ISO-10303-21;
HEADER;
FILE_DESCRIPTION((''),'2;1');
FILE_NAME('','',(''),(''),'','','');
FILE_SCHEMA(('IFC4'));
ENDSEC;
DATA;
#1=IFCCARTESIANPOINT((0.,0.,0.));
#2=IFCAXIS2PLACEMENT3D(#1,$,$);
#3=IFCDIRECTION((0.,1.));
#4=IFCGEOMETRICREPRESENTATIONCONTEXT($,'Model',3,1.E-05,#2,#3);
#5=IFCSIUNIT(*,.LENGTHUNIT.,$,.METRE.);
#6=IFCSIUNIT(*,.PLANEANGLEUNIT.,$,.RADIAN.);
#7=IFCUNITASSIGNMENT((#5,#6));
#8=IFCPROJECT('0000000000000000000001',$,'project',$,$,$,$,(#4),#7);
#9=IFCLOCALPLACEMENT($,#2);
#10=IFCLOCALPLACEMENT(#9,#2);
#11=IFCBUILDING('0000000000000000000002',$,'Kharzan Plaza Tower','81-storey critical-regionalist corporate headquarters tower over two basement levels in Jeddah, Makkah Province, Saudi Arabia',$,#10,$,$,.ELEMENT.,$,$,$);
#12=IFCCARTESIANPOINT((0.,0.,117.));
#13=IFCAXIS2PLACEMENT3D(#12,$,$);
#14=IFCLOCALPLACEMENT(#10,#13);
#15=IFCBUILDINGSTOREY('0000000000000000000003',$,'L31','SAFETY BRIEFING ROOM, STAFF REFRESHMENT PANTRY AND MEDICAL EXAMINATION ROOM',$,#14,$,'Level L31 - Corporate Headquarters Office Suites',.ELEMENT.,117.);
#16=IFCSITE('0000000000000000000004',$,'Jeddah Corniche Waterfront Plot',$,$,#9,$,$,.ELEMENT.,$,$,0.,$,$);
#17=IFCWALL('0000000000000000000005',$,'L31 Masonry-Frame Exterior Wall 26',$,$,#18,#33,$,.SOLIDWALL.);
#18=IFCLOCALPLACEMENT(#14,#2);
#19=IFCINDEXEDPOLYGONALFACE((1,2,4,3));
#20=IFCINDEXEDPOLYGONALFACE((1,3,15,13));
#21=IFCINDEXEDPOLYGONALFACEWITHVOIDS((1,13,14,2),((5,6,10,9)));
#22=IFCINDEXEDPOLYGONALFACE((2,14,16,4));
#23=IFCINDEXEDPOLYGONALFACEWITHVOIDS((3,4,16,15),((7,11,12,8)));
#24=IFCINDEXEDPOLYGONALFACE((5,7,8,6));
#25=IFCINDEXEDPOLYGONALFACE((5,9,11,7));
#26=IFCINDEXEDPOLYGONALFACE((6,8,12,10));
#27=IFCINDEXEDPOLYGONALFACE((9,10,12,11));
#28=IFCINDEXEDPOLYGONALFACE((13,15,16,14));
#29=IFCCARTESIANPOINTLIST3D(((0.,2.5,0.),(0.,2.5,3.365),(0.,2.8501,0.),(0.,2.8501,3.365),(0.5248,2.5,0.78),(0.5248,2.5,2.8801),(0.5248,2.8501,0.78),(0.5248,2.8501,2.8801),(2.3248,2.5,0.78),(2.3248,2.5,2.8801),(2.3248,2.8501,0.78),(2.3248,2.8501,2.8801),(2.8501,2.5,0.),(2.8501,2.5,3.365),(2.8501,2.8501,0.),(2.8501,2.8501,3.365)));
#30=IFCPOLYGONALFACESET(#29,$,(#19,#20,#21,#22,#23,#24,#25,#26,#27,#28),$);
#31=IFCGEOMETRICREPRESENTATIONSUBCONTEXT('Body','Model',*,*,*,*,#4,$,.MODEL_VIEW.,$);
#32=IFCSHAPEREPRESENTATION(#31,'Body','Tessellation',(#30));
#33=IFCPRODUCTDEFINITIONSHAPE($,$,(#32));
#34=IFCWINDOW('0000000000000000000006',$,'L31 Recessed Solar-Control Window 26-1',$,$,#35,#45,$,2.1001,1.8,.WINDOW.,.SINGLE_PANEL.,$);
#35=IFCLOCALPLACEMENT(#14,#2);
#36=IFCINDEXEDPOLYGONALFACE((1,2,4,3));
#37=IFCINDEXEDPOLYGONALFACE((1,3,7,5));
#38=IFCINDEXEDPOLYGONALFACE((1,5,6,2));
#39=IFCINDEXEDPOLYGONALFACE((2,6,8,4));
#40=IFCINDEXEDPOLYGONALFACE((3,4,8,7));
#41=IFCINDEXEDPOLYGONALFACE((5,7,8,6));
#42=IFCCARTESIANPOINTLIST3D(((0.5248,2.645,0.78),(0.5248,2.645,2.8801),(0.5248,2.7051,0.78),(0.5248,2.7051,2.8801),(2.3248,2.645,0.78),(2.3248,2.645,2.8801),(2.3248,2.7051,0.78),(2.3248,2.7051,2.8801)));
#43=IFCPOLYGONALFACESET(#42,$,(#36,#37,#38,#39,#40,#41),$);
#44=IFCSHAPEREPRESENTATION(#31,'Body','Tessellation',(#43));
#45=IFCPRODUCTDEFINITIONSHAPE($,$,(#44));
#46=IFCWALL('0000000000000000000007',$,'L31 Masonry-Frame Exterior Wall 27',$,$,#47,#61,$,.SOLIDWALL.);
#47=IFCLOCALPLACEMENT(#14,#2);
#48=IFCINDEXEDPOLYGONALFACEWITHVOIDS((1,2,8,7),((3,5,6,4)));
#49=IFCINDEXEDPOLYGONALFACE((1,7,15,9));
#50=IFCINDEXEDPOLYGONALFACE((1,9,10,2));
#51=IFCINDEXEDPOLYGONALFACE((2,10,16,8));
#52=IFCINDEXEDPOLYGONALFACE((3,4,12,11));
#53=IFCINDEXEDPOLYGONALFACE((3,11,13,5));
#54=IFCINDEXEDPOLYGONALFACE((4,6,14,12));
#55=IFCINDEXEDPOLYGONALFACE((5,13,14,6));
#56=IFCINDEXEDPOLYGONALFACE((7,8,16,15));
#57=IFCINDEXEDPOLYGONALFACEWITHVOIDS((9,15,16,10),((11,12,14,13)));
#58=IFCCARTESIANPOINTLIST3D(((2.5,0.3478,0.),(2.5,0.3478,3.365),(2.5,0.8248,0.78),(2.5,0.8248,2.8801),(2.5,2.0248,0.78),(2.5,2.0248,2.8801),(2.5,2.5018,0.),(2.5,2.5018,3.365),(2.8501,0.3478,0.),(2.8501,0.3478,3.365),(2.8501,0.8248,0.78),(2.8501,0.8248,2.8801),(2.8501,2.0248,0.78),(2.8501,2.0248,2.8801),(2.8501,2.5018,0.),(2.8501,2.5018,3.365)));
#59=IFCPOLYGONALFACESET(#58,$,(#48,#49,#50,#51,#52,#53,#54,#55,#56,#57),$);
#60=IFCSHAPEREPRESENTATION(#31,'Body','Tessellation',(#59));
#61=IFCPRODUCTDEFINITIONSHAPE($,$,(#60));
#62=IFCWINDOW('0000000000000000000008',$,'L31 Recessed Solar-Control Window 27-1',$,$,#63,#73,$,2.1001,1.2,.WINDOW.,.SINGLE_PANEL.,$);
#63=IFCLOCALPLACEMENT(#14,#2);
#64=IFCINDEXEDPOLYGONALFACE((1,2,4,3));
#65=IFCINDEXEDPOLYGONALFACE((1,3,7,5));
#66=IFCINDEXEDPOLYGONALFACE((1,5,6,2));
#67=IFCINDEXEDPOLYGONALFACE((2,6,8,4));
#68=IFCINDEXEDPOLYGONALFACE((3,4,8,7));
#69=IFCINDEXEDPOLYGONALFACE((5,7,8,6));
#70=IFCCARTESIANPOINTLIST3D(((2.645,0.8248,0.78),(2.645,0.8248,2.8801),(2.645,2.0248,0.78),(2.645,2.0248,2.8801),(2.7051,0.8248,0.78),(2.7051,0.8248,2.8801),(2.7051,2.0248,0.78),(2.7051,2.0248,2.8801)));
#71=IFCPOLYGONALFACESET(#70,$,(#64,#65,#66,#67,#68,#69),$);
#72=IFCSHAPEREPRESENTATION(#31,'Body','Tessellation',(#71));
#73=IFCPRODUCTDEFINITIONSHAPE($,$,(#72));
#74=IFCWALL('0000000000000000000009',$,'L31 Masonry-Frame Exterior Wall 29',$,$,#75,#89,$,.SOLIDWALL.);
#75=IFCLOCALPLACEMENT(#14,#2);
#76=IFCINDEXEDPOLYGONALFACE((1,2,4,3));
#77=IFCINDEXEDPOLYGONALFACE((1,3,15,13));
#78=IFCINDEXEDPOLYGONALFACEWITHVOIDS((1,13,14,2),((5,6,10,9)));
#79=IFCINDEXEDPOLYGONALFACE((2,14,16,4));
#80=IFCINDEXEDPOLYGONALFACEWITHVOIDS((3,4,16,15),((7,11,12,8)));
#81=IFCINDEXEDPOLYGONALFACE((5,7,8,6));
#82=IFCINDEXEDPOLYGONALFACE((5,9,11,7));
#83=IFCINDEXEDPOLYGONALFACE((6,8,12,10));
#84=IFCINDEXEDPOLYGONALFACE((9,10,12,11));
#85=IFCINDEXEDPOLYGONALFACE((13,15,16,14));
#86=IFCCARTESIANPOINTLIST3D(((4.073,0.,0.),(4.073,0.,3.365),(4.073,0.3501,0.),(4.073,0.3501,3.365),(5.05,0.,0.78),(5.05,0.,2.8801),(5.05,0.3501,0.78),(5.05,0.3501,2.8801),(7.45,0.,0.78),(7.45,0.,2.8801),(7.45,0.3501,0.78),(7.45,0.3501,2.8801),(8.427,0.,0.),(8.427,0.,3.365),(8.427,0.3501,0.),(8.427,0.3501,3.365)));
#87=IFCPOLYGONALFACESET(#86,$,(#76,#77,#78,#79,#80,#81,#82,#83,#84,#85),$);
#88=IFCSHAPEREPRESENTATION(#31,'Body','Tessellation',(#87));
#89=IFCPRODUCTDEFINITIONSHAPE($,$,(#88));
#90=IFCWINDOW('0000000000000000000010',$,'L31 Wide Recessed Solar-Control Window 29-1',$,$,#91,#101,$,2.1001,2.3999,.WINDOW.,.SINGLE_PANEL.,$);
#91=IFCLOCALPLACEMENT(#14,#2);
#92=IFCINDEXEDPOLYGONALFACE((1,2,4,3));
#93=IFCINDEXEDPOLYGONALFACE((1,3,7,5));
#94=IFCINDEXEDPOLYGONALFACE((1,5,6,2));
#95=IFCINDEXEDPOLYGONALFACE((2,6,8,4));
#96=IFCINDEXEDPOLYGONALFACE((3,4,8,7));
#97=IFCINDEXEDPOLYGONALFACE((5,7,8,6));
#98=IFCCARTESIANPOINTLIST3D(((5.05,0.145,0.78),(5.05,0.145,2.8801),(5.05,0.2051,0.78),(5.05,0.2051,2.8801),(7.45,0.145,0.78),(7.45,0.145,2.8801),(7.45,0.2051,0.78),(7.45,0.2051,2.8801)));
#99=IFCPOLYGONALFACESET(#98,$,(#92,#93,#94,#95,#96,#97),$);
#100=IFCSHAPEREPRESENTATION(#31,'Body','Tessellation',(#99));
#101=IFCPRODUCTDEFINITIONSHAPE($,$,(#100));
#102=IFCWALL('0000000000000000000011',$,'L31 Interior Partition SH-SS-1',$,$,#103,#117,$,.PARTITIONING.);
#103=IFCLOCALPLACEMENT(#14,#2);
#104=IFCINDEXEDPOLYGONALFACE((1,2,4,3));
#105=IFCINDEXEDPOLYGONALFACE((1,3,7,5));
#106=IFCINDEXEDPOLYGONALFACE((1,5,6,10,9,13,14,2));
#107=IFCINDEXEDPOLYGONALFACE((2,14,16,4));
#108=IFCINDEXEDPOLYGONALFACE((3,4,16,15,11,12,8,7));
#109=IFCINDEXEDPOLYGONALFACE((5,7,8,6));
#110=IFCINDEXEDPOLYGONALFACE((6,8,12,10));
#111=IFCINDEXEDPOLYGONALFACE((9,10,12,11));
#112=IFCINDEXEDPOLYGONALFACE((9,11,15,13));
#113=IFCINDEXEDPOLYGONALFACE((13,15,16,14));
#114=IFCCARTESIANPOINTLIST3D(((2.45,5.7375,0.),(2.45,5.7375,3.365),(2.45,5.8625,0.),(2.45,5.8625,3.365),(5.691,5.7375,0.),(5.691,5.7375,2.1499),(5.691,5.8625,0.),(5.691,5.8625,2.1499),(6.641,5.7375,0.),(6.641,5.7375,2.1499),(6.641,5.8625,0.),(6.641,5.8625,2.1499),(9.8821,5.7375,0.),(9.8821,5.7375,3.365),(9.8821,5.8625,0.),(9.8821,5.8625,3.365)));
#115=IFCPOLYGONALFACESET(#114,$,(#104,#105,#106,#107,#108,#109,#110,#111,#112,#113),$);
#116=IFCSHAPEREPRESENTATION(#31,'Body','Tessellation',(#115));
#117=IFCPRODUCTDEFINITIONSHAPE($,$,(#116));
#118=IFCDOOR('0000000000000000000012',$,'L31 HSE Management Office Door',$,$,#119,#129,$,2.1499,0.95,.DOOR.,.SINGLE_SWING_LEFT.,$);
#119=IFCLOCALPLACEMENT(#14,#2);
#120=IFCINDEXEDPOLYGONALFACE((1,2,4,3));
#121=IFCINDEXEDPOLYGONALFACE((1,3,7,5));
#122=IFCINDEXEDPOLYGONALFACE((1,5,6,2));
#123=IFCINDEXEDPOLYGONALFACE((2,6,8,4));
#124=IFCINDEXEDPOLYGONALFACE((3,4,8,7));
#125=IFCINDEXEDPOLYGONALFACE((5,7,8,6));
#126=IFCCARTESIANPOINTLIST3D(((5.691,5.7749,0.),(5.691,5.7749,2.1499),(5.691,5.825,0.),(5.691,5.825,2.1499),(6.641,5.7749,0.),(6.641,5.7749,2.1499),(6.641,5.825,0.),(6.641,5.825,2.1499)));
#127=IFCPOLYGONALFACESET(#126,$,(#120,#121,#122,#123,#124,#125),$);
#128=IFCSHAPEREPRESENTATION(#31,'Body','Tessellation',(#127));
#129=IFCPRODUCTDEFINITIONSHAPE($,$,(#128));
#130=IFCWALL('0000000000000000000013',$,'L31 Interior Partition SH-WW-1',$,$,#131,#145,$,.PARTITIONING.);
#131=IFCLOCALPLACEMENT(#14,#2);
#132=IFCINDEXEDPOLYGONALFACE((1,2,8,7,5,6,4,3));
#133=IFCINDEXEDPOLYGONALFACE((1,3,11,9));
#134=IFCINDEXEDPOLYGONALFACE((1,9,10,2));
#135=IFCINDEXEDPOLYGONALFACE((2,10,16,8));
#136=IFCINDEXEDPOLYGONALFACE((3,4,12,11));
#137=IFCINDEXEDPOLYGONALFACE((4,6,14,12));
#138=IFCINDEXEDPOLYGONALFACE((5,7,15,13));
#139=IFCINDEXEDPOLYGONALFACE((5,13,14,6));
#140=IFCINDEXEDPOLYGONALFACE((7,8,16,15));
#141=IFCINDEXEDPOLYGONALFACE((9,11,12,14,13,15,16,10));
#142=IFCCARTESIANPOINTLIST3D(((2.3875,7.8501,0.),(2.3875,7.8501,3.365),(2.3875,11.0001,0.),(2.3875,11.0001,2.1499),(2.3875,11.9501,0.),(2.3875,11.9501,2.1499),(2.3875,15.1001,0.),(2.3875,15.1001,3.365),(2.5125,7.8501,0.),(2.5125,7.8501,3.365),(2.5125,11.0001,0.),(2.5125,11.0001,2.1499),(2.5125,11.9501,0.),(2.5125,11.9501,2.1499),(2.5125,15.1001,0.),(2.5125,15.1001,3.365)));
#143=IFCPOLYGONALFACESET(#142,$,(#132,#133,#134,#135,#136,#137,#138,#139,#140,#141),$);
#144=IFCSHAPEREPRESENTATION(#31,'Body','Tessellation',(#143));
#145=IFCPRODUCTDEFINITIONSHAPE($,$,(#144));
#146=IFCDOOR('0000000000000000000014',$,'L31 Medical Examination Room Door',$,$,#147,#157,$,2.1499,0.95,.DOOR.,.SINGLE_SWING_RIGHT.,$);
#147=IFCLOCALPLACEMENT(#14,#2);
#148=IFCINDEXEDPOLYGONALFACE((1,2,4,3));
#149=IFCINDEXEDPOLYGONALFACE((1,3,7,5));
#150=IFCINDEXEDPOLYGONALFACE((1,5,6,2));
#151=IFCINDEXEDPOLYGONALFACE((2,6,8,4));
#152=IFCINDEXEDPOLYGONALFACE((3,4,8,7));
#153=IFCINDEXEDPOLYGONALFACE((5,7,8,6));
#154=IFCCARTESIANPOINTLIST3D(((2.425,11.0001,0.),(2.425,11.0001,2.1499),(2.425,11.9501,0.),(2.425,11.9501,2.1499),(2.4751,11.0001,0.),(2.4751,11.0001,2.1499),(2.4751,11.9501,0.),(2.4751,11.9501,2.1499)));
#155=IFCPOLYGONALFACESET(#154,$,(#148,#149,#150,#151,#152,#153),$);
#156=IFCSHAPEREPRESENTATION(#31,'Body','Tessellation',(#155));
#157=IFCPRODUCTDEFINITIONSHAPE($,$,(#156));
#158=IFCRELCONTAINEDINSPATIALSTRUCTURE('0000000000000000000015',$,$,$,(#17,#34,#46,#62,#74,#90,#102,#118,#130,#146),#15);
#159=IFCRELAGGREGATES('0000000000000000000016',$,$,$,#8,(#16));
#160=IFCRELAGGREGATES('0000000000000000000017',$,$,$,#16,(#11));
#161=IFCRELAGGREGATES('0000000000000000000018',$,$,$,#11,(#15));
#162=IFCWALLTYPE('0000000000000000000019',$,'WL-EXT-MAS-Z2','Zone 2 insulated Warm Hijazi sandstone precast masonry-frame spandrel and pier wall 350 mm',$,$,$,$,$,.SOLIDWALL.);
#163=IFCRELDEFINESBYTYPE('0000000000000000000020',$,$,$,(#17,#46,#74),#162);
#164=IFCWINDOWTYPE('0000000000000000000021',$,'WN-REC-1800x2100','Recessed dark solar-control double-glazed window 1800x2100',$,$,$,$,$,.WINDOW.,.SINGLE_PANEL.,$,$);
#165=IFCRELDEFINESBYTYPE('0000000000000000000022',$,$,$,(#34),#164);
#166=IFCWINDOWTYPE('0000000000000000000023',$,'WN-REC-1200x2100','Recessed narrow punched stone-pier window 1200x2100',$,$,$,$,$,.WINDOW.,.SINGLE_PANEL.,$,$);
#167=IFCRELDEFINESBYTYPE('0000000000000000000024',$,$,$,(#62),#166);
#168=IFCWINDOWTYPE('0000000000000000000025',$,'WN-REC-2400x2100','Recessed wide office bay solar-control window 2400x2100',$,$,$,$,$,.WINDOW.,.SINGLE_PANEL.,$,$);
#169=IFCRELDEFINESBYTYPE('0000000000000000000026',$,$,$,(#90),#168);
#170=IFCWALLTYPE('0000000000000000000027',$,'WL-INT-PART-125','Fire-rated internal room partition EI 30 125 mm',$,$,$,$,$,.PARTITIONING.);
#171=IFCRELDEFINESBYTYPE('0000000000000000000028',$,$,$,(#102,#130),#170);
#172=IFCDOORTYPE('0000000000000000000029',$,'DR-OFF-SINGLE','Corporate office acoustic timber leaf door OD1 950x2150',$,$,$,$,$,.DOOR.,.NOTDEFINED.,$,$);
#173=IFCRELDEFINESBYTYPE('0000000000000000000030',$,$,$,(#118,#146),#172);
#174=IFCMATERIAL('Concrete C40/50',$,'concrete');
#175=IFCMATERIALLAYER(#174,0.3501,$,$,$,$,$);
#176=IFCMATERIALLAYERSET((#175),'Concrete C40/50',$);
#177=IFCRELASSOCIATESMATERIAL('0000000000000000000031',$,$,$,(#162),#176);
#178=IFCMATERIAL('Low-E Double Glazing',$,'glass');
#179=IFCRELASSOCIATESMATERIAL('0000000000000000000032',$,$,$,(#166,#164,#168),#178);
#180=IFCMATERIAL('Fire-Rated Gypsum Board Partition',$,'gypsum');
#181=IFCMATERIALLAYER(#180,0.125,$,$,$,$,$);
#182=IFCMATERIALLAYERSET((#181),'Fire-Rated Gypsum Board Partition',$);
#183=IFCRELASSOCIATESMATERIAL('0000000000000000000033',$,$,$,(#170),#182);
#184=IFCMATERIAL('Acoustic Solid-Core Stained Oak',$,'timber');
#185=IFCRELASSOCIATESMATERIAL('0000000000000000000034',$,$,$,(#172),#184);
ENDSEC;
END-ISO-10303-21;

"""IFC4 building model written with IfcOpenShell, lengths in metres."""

from ifc_helpers import new_model, si_unit, direction, frame, frame_2d, origin, place, context, subcontext, project, spatial, rectangle, extrude, source, transform, mapped, material, layer, layer_set, type_object, element, fill, save


model = new_model("IFC4")

# Units and contexts
model_context = context("Model", 3, precision=1e-05, world=origin(), true_north=direction((0.0, 1.0)))
body_context = subcontext(model_context, "Body", "Model", "MODEL_VIEW")
ifc_project = project(units=[si_unit("LENGTHUNIT", "METRE"), si_unit("PLANEANGLEUNIT", "RADIAN")], contexts=[model_context])

# Site, building, storey
site_placement = place(None, origin())
site = spatial("IfcSite", under=ifc_project, at=site_placement, Name="Jeddah Corniche Waterfront Plot", CompositionType="ELEMENT", RefElevation=0.0)
building_placement = place(site_placement, origin())
building = spatial("IfcBuilding", under=site, at=building_placement, Name="Kharzan Plaza Tower", Description="81-storey critical-regionalist corporate headquarters tower over two basement levels in Jeddah, Makkah Province, Saudi Arabia", CompositionType="ELEMENT")
storey_placement = place(building_placement, frame((0.0, 0.0, 117.0)))
storey = spatial("IfcBuildingStorey", under=building, at=storey_placement, Name="L31", Description="SAFETY BRIEFING ROOM, STAFF REFRESHMENT PANTRY AND MEDICAL EXAMINATION ROOM", LongName="Level L31 - Corporate Headquarters Office Suites", CompositionType="ELEMENT", Elevation=117.0)

# Shared definitions
ifc_material_1 = material(Name="Concrete C40/50", Category="concrete")

# Walls, openings, windows
ifc_layer_1 = layer(ifc_material_1, 0.3501)
ifc_layer_set_1 = layer_set([ifc_layer_1], Name="Concrete C40/50")
wall_type_1 = type_object("IfcWallType", Name="WL-EXT-MAS-Z2", Description="Zone 2 insulated Warm Hijazi sandstone precast masonry-frame spandrel and pier wall 350 mm", PredefinedType="SOLIDWALL", material=ifc_layer_set_1)
ifc_material_2 = material(Name="Low-E Double Glazing", Category="glass")
window_type_1 = type_object("IfcWindowType", Name="WN-REC-1200x2100", Description="Recessed narrow punched stone-pier window 1200x2100", PartitioningType="SINGLE_PANEL", PredefinedType="WINDOW", material=ifc_material_2)
shared_shape_1 = source(origin(), body_context, "Body", "SweptSolid", [
    extrude(rectangle(XDim=1.2, YDim=2.1001, at=frame_2d((0.6001, 1.05))), frame((0.0, 0.03, 0.0), z_axis=(0.0, -1.0, 0.0), x_axis=(1.0, 0.0, 0.0)), (0.0, 0.0, 1.0), 0.0601),
])
wall_1_placement = place(storey_placement, frame((0.0, 2.675, 0.0), z_axis=(0.0, 0.0, 1.0), x_axis=(1.0, 0.0, 0.0)))
wall_1 = element("IfcWall", 1, at=wall_1_placement, inside=storey, type_object=wall_type_1, Name="L31 Masonry-Frame Exterior Wall 26", PredefinedType="SOLIDWALL", context=body_context, shape_type="SweptSolid", body=[
    extrude(rectangle(XDim=2.8501, YDim=0.3501, at=frame_2d((1.425, 0.0))), origin(), (0.0, 0.0, 1.0), 3.365),
])
opening_1_placement = place(wall_1_placement, frame((0.5249, 0.0, 0.78)))
opening_1 = element("IfcOpeningElement", 2, at=opening_1_placement, cuts=wall_1, PredefinedType="OPENING", context=body_context, shape_type="SweptSolid", body=[
    extrude(rectangle(XDim=1.8, YDim=2.1001, at=frame_2d((0.8999, 1.05))), frame((0.0, 0.1851, 0.0), z_axis=(0.0, -1.0, 0.0), x_axis=(1.0, 0.0, 0.0)), (0.0, 0.0, 1.0), 0.3701),
])
window_type_2 = type_object("IfcWindowType", Name="WN-REC-1800x2100", Description="Recessed dark solar-control double-glazed window 1800x2100", PartitioningType="SINGLE_PANEL", PredefinedType="WINDOW", material=ifc_material_2)
shared_shape_2 = source(origin(), body_context, "Body", "SweptSolid", [
    extrude(rectangle(XDim=1.8, YDim=2.1001, at=frame_2d((0.8999, 1.05))), frame((0.0, 0.03, 0.0), z_axis=(0.0, -1.0, 0.0), x_axis=(1.0, 0.0, 0.0)), (0.0, 0.0, 1.0), 0.0601),
])
window_1_placement = place(opening_1_placement, origin())
window_1 = element("IfcWindow", 3, at=window_1_placement, inside=storey, type_object=window_type_2, Name="L31 Recessed Solar-Control Window 26-1", OverallHeight=2.1001, OverallWidth=1.8, PartitioningType="SINGLE_PANEL", PredefinedType="WINDOW", context=body_context, shape_type="MappedRepresentation", body=[
    mapped(shared_shape_2, transform((0.0, 0.0, 0.0), x_axis=(1.0, 0.0, 0.0), y_axis=(0.0, 1.0, 0.0), z_axis=(0.0, 0.0, 1.0))),
])
fill(opening_1, window_1)
wall_2_placement = place(storey_placement, frame((2.675, 2.502, 0.0), z_axis=(0.0, 0.0, 1.0), x_axis=(0.0, -1.0, 0.0)))
wall_2 = element("IfcWall", 4, at=wall_2_placement, inside=storey, type_object=wall_type_1, Name="L31 Masonry-Frame Exterior Wall 27", PredefinedType="SOLIDWALL", context=body_context, shape_type="SweptSolid", body=[
    extrude(rectangle(XDim=2.1541, YDim=0.3501, at=frame_2d((1.0771, 0.0))), origin(), (0.0, 0.0, 1.0), 3.365),
])
opening_2_placement = place(wall_2_placement, frame((0.4771, 0.0, 0.78)))
opening_2 = element("IfcOpeningElement", 5, at=opening_2_placement, cuts=wall_2, PredefinedType="OPENING", context=body_context, shape_type="SweptSolid", body=[
    extrude(rectangle(XDim=1.2, YDim=2.1001, at=frame_2d((0.6001, 1.05))), frame((0.0, 0.1851, 0.0), z_axis=(0.0, -1.0, 0.0), x_axis=(1.0, 0.0, 0.0)), (0.0, 0.0, 1.0), 0.3701),
])
window_2_placement = place(opening_2_placement, origin())
window_2 = element("IfcWindow", 6, at=window_2_placement, inside=storey, type_object=window_type_1, Name="L31 Recessed Solar-Control Window 27-1", OverallHeight=2.1001, OverallWidth=1.2, PartitioningType="SINGLE_PANEL", PredefinedType="WINDOW", context=body_context, shape_type="MappedRepresentation", body=[
    mapped(shared_shape_1, transform((0.0, 0.0, 0.0), x_axis=(1.0, 0.0, 0.0), y_axis=(0.0, 1.0, 0.0), z_axis=(0.0, 0.0, 1.0))),
])
fill(opening_2, window_2)
wall_3_placement = place(storey_placement, frame((4.073, 0.175, 0.0), z_axis=(0.0, 0.0, 1.0), x_axis=(1.0, 0.0, 0.0)))
wall_3 = element("IfcWall", 7, at=wall_3_placement, inside=storey, type_object=wall_type_1, Name="L31 Masonry-Frame Exterior Wall 29", PredefinedType="SOLIDWALL", context=body_context, shape_type="SweptSolid", body=[
    extrude(rectangle(XDim=4.354, YDim=0.3501, at=frame_2d((2.177, 0.0))), origin(), (0.0, 0.0, 1.0), 3.365),
])
opening_3_placement = place(wall_3_placement, frame((0.9771, 0.0, 0.78)))
opening_3 = element("IfcOpeningElement", 8, at=opening_3_placement, cuts=wall_3, PredefinedType="OPENING", context=body_context, shape_type="SweptSolid", body=[
    extrude(rectangle(XDim=2.3999, YDim=2.1001, at=frame_2d((1.2, 1.05))), frame((0.0, 0.1851, 0.0), z_axis=(0.0, -1.0, 0.0), x_axis=(1.0, 0.0, 0.0)), (0.0, 0.0, 1.0), 0.3701),
])
window_type_3 = type_object("IfcWindowType", Name="WN-REC-2400x2100", Description="Recessed wide office bay solar-control window 2400x2100", PartitioningType="SINGLE_PANEL", PredefinedType="WINDOW", material=ifc_material_2)
shared_shape_3 = source(origin(), body_context, "Body", "SweptSolid", [
    extrude(rectangle(XDim=2.3999, YDim=2.1001, at=frame_2d((1.2, 1.05))), frame((0.0, 0.03, 0.0), z_axis=(0.0, -1.0, 0.0), x_axis=(1.0, 0.0, 0.0)), (0.0, 0.0, 1.0), 0.0601),
])
window_3_placement = place(opening_3_placement, origin())
window_3 = element("IfcWindow", 9, at=window_3_placement, inside=storey, type_object=window_type_3, Name="L31 Wide Recessed Solar-Control Window 29-1", OverallHeight=2.1001, OverallWidth=2.3999, PartitioningType="SINGLE_PANEL", PredefinedType="WINDOW", context=body_context, shape_type="MappedRepresentation", body=[
    mapped(shared_shape_3, transform((0.0, 0.0, 0.0), x_axis=(1.0, 0.0, 0.0), y_axis=(0.0, 1.0, 0.0), z_axis=(0.0, 0.0, 1.0))),
])
fill(opening_3, window_3)

# Walls, openings, doors
ifc_material_3 = material(Name="Fire-Rated Gypsum Board Partition", Category="gypsum")
ifc_layer_2 = layer(ifc_material_3, 0.125)
ifc_layer_set_2 = layer_set([ifc_layer_2], Name="Fire-Rated Gypsum Board Partition")
wall_type_2 = type_object("IfcWallType", Name="WL-INT-PART-125", Description="Fire-rated internal room partition EI 30 125 mm", PredefinedType="PARTITIONING", material=ifc_layer_set_2)
wall_4_placement = place(storey_placement, frame((2.45, 5.8, 0.0), z_axis=(0.0, 0.0, 1.0), x_axis=(1.0, 0.0, 0.0)))
wall_4 = element("IfcWall", 10, at=wall_4_placement, inside=storey, type_object=wall_type_2, Name="L31 Interior Partition SH-SS-1", PredefinedType="PARTITIONING", context=body_context, shape_type="SweptSolid", body=[
    extrude(rectangle(XDim=7.4321, YDim=0.125, at=frame_2d((3.7161, 0.0))), origin(), (0.0, 0.0, 1.0), 3.365),
])
opening_4_placement = place(wall_4_placement, frame((3.241, 0.0, 0.0)))
opening_4 = element("IfcOpeningElement", 11, at=opening_4_placement, cuts=wall_4, PredefinedType="OPENING", context=body_context, shape_type="SweptSolid", body=[
    extrude(rectangle(XDim=0.95, YDim=2.1499, at=frame_2d((0.4751, 1.075))), frame((0.0, 0.0725, 0.0), z_axis=(0.0, -1.0, 0.0), x_axis=(1.0, 0.0, 0.0)), (0.0, 0.0, 1.0), 0.145),
])
ifc_material_4 = material(Name="Acoustic Solid-Core Stained Oak", Category="timber")
door_type = type_object("IfcDoorType", Name="DR-OFF-SINGLE", Description="Corporate office acoustic timber leaf door OD1 950x2150", OperationType="NOTDEFINED", PredefinedType="DOOR", material=ifc_material_4)
shared_shape_4 = source(origin(), body_context, "Body", "SweptSolid", [
    extrude(rectangle(XDim=0.95, YDim=2.1499, at=frame_2d((0.4751, 1.075))), frame((0.0, 0.0249, 0.0), z_axis=(0.0, -1.0, 0.0), x_axis=(1.0, 0.0, 0.0)), (0.0, 0.0, 1.0), 0.05),
])
door_1_placement = place(opening_4_placement, origin())
door_1 = element("IfcDoor", 12, at=door_1_placement, inside=storey, type_object=door_type, Name="L31 HSE Management Office Door", OperationType="SINGLE_SWING_LEFT", OverallHeight=2.1499, OverallWidth=0.95, PredefinedType="DOOR", context=body_context, shape_type="MappedRepresentation", body=[
    mapped(shared_shape_4, transform((0.0, 0.0, 0.0), x_axis=(1.0, 0.0, 0.0), y_axis=(0.0, 1.0, 0.0), z_axis=(0.0, 0.0, 1.0))),
])
fill(opening_4, door_1)
wall_5_placement = place(storey_placement, frame((2.45, 7.8501, 0.0), z_axis=(0.0, 0.0, 1.0), x_axis=(0.0, 1.0, 0.0)))
wall_5 = element("IfcWall", 13, at=wall_5_placement, inside=storey, type_object=wall_type_2, Name="L31 Interior Partition SH-WW-1", PredefinedType="PARTITIONING", context=body_context, shape_type="SweptSolid", body=[
    extrude(rectangle(XDim=7.25, YDim=0.125, at=frame_2d((3.625, 0.0))), origin(), (0.0, 0.0, 1.0), 3.365),
])
opening_5_placement = place(wall_5_placement, frame((3.1499, 0.0, 0.0)))
opening_5 = element("IfcOpeningElement", 14, at=opening_5_placement, cuts=wall_5, PredefinedType="OPENING", context=body_context, shape_type="SweptSolid", body=[
    extrude(rectangle(XDim=0.95, YDim=2.1499, at=frame_2d((0.4751, 1.075))), frame((0.0, 0.0725, 0.0), z_axis=(0.0, -1.0, 0.0), x_axis=(1.0, 0.0, 0.0)), (0.0, 0.0, 1.0), 0.145),
])
door_2_placement = place(opening_5_placement, origin())
door_2 = element("IfcDoor", 15, at=door_2_placement, inside=storey, type_object=door_type, Name="L31 Medical Examination Room Door", OperationType="SINGLE_SWING_RIGHT", OverallHeight=2.1499, OverallWidth=0.95, PredefinedType="DOOR", context=body_context, shape_type="MappedRepresentation", body=[
    mapped(shared_shape_4, transform((0.0, 0.0, 0.0), x_axis=(1.0, 0.0, 0.0), y_axis=(0.0, 1.0, 0.0), z_axis=(0.0, 0.0, 1.0))),
])
fill(opening_5, door_2)

save(model, "model.ifc")
